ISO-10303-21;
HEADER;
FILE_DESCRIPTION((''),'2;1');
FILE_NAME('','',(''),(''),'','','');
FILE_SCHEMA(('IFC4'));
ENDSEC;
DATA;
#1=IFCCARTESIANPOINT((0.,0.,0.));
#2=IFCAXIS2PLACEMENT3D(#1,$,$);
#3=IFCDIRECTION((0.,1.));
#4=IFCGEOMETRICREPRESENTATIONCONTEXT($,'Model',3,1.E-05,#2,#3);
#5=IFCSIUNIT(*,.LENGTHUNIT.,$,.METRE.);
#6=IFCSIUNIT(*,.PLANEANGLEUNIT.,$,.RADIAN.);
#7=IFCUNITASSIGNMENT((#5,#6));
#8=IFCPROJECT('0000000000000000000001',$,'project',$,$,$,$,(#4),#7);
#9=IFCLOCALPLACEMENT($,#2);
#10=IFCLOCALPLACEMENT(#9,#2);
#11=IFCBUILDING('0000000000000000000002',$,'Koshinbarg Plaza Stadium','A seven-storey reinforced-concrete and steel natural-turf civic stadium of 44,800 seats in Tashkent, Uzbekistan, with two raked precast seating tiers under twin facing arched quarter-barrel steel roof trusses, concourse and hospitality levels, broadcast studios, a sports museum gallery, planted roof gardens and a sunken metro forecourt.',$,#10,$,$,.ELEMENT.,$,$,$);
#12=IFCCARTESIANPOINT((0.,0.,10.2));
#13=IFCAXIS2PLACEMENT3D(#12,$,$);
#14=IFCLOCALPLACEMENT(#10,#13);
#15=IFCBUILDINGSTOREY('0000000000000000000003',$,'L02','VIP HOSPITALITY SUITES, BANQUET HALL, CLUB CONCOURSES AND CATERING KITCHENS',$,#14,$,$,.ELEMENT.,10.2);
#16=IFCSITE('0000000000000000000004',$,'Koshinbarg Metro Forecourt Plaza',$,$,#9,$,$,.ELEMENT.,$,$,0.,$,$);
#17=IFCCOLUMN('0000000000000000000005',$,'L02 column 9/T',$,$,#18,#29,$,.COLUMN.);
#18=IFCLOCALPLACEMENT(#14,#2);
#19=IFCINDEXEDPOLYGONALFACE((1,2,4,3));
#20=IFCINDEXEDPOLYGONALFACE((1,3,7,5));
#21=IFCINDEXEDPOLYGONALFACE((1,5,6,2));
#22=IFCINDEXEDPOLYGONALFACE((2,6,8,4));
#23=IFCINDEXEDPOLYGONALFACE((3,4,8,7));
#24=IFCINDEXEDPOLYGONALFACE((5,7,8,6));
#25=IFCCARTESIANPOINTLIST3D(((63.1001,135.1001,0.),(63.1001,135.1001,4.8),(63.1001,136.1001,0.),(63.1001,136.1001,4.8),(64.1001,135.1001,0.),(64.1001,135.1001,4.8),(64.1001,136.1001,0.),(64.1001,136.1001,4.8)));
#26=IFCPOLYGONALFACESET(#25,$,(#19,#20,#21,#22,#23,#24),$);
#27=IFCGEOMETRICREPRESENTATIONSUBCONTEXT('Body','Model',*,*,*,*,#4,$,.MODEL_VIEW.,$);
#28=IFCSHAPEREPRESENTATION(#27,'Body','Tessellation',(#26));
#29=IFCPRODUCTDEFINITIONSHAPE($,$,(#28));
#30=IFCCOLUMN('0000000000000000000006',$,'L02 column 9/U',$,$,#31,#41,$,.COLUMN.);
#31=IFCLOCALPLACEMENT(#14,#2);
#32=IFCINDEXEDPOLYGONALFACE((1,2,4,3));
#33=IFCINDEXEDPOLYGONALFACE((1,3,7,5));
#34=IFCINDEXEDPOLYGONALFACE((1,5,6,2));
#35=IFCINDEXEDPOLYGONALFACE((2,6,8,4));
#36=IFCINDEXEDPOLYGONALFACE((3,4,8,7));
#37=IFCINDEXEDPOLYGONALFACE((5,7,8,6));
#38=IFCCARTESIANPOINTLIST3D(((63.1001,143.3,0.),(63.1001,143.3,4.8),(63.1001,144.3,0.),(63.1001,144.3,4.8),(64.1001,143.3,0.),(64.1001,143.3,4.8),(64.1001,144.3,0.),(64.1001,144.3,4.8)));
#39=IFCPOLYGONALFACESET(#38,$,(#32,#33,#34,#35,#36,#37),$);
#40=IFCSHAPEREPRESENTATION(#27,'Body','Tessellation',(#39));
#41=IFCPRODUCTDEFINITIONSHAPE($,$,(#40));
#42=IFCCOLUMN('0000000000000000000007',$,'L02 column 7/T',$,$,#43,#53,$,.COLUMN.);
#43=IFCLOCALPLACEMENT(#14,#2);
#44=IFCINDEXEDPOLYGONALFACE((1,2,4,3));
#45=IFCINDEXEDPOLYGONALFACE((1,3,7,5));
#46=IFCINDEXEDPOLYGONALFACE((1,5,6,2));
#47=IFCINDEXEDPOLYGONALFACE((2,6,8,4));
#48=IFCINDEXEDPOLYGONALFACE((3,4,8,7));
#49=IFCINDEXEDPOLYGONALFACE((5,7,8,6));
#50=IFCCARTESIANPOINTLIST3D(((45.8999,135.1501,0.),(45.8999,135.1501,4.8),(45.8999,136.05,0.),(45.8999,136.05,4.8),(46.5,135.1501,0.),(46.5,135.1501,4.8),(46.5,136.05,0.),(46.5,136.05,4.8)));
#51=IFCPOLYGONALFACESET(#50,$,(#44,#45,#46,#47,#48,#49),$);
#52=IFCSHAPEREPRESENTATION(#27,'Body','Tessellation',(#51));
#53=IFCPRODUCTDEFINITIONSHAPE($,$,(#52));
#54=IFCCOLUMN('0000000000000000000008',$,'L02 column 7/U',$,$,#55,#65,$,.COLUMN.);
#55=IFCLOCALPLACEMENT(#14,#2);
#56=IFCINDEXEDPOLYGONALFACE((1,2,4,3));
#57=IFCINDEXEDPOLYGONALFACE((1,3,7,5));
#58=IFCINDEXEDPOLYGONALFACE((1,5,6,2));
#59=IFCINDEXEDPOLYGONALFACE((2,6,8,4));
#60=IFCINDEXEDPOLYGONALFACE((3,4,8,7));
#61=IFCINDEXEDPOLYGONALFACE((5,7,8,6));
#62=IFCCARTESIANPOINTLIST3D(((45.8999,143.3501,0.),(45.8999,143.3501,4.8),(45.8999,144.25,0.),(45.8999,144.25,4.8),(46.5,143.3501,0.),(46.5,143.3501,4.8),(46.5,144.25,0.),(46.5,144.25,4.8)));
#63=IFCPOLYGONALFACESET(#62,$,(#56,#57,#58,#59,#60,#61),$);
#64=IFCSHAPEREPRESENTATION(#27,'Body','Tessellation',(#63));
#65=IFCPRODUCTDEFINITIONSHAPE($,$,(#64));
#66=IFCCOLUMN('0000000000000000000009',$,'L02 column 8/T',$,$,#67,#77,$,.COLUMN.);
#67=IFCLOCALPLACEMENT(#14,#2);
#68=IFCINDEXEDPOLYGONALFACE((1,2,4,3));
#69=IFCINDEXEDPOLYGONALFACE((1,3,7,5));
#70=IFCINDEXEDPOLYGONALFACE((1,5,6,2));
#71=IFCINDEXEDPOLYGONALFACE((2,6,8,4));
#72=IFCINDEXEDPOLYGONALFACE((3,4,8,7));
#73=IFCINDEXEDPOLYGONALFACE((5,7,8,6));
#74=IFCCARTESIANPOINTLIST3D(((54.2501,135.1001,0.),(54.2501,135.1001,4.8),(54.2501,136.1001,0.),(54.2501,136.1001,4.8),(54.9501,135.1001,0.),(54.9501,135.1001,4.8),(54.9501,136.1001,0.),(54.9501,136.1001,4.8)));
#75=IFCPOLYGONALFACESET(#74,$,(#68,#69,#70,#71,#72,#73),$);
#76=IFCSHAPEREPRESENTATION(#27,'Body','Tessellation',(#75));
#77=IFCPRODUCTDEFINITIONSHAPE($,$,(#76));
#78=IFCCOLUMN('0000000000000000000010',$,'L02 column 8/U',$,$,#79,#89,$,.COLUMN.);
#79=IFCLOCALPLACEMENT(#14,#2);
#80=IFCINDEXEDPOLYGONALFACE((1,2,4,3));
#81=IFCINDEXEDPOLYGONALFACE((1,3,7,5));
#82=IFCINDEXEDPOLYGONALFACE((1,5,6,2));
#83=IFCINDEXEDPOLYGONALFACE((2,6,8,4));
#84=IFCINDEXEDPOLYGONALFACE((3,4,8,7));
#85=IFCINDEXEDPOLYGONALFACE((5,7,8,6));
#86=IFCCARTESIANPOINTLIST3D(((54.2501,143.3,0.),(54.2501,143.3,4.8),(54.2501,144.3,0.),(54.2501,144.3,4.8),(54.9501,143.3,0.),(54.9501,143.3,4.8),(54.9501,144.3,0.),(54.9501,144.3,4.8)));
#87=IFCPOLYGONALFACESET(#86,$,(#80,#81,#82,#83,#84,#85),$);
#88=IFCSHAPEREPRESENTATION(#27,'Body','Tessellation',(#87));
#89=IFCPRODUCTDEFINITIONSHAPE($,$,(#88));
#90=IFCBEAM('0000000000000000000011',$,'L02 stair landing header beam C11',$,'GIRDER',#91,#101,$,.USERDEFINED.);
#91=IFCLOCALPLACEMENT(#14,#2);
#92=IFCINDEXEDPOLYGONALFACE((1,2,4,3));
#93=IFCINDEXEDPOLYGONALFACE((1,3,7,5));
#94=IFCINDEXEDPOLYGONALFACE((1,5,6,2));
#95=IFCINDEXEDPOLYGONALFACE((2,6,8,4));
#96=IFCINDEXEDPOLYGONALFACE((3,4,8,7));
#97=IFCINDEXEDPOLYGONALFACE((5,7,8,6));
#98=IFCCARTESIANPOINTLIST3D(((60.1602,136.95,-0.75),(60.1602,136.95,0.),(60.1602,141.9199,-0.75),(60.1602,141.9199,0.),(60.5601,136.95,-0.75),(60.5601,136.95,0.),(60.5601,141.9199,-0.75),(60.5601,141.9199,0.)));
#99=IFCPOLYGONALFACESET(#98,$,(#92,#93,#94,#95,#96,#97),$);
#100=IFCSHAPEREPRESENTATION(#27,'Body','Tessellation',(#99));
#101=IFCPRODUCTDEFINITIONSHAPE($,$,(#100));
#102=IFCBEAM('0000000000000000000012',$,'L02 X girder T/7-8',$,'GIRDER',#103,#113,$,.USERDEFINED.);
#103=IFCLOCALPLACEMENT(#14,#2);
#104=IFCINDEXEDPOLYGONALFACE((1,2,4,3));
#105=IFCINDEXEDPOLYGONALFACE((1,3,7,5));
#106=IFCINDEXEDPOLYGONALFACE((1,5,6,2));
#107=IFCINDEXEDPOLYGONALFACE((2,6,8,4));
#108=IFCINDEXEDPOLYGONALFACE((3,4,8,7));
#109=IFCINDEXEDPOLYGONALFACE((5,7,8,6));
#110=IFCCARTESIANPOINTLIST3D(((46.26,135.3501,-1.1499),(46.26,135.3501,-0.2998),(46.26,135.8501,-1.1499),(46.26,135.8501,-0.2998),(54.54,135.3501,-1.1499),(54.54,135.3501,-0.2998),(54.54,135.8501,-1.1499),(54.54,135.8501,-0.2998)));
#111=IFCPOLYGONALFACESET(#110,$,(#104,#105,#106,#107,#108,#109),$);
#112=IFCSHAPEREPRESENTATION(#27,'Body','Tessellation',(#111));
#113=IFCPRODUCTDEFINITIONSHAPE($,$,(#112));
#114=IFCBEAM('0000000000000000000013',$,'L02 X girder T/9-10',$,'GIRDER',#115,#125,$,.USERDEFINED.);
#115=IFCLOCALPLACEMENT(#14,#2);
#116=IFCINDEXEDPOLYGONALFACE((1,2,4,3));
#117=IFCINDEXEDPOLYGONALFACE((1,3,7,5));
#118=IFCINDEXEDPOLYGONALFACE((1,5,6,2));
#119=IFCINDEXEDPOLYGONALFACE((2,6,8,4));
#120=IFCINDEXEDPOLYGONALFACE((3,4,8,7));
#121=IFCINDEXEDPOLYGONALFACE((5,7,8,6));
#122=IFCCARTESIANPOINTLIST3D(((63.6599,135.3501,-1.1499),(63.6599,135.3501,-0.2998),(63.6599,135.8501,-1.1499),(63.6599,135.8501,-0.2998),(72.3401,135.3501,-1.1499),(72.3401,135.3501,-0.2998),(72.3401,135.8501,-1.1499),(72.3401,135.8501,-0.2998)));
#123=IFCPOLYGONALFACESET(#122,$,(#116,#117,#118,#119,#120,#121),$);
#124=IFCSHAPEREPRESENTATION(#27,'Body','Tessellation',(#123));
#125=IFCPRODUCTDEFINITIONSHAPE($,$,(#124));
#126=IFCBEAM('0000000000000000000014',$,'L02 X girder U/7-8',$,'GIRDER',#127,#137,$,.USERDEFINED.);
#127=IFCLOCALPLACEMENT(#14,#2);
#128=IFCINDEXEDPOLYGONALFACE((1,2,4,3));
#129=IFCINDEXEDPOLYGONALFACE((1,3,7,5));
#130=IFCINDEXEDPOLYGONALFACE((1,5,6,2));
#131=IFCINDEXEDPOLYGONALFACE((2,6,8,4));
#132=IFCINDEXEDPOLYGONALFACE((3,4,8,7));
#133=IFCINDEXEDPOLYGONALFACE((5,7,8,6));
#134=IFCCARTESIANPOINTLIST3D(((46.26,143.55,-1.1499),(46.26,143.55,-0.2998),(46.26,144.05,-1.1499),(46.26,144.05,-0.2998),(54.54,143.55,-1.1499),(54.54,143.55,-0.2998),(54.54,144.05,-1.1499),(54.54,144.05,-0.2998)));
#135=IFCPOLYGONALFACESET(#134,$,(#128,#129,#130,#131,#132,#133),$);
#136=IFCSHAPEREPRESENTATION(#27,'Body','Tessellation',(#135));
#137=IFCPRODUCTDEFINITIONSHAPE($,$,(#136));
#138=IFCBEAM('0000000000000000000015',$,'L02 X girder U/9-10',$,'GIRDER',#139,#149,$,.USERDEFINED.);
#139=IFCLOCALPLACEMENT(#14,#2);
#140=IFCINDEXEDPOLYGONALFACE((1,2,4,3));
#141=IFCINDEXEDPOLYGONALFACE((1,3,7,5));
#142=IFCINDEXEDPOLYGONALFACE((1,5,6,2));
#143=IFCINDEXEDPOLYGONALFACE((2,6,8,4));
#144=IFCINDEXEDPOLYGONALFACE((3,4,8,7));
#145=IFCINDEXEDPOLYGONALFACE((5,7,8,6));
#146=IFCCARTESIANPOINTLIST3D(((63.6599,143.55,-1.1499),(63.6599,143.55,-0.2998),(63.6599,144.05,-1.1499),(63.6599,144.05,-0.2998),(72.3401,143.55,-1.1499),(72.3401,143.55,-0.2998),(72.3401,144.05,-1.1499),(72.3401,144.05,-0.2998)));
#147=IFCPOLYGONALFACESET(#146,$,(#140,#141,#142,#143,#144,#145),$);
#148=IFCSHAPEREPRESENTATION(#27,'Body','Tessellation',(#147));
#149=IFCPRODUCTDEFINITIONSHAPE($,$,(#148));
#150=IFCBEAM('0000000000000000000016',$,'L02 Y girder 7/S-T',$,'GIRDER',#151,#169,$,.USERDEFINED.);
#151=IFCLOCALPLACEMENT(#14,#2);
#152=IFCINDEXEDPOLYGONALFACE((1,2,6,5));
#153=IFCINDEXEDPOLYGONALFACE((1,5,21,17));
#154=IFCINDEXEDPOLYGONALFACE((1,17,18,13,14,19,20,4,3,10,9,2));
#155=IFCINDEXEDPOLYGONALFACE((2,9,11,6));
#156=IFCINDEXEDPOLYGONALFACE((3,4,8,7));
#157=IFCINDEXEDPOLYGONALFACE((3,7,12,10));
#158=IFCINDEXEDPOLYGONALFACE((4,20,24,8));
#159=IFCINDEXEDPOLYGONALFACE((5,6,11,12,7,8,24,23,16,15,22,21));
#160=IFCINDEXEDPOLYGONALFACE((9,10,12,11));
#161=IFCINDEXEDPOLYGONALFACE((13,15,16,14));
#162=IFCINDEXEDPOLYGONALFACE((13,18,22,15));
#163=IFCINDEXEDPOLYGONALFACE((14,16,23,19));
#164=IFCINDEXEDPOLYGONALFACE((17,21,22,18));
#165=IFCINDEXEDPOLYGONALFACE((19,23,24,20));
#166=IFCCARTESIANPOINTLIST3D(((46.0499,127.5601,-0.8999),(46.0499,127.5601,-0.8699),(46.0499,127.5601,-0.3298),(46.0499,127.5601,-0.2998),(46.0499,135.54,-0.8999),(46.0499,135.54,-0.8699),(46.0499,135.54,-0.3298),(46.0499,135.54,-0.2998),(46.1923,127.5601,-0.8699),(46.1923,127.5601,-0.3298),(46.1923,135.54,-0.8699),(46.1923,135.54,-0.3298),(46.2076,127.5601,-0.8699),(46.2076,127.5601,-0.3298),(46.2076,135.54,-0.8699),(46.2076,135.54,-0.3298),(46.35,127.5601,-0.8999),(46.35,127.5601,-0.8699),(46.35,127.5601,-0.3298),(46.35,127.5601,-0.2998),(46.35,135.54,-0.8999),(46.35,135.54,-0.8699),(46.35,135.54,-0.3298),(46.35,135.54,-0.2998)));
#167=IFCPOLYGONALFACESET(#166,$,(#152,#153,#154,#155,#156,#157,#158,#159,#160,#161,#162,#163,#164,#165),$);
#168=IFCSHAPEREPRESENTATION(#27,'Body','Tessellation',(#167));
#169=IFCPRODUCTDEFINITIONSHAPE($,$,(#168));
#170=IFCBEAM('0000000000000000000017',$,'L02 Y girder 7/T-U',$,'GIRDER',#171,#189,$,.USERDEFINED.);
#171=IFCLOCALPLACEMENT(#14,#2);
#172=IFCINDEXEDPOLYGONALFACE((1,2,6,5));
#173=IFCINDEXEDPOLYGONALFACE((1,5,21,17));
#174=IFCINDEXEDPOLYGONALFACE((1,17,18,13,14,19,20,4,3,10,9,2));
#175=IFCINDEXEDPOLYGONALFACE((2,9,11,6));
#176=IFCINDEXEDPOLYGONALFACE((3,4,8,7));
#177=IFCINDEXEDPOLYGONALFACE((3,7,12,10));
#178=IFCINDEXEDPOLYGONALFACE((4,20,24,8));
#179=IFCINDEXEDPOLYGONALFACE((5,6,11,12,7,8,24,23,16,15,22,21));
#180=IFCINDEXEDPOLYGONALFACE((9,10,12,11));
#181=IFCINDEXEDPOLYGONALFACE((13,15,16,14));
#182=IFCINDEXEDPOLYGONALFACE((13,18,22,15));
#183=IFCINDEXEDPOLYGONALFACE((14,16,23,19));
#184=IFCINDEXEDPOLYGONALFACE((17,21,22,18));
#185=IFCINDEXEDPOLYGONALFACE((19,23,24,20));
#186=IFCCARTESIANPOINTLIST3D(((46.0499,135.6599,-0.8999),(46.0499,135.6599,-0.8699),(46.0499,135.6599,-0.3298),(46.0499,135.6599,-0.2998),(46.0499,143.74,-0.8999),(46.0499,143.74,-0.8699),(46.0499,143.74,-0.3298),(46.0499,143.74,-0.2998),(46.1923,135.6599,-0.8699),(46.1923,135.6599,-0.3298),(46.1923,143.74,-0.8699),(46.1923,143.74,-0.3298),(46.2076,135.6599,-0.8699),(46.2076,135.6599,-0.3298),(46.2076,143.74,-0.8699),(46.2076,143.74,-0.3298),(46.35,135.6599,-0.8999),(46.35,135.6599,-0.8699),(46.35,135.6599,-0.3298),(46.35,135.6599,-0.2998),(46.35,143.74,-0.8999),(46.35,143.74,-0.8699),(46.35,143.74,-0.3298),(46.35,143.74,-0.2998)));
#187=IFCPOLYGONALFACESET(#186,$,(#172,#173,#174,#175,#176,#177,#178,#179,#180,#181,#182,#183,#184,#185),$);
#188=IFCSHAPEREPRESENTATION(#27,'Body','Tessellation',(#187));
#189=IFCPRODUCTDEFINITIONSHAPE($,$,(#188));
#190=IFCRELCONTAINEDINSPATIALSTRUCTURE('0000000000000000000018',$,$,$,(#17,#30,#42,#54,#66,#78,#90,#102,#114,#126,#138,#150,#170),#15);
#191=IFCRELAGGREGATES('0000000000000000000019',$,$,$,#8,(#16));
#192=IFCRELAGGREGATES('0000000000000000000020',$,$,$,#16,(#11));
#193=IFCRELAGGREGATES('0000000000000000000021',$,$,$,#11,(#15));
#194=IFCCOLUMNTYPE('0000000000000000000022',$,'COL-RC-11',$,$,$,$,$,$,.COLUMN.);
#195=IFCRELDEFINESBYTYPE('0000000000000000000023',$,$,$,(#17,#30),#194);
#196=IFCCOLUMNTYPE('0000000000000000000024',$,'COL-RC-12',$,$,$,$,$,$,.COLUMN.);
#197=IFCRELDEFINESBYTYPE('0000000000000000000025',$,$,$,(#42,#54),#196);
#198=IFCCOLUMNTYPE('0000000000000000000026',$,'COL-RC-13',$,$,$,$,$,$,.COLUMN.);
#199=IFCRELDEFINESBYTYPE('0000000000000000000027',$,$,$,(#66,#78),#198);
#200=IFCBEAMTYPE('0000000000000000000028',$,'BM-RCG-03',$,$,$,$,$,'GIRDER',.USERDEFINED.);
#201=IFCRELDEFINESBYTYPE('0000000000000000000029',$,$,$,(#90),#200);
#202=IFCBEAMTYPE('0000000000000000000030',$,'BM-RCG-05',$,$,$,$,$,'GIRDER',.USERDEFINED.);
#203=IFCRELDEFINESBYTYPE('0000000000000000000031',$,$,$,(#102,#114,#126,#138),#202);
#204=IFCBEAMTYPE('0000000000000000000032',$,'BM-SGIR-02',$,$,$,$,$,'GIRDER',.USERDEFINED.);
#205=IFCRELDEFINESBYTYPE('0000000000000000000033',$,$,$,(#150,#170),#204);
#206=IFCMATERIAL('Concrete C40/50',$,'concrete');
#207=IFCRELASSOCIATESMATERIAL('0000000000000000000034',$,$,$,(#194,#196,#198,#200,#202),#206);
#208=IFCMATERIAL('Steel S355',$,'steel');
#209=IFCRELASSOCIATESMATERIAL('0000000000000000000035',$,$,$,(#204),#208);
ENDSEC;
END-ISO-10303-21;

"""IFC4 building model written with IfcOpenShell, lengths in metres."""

from ifc_helpers import new_model, si_unit, direction, frame, origin, origin_2d, place, context, subcontext, project, spatial, rectangle, i_section, extrude, material, material_profile, profile_set, type_object, element, save


model = new_model("IFC4")

# Units and contexts
model_context = context("Model", 3, precision=1e-05, world=origin(), true_north=direction((0.0, 1.0)))
body_context = subcontext(model_context, "Body", "Model", "MODEL_VIEW")
ifc_project = project(units=[si_unit("LENGTHUNIT", "METRE"), si_unit("PLANEANGLEUNIT", "RADIAN")], contexts=[model_context])

# Site, building, storey
site_placement = place(None, origin())
site = spatial("IfcSite", under=ifc_project, at=site_placement, Name="Koshinbarg Metro Forecourt Plaza", CompositionType="ELEMENT", RefElevation=0.0)
building_placement = place(site_placement, origin())
building = spatial("IfcBuilding", under=site, at=building_placement, Name="Koshinbarg Plaza Stadium", Description="A seven-storey reinforced-concrete and steel natural-turf civic stadium of 44,800 seats in Tashkent, Uzbekistan, with two raked precast seating tiers under twin facing arched quarter-barrel steel roof trusses, concourse and hospitality levels, broadcast studios, a sports museum gallery, planted roof gardens and a sunken metro forecourt.", CompositionType="ELEMENT")
storey_placement = place(building_placement, frame((0.0, 0.0, 10.2)))
storey = spatial("IfcBuildingStorey", under=building, at=storey_placement, Name="L02", Description="VIP HOSPITALITY SUITES, BANQUET HALL, CLUB CONCOURSES AND CATERING KITCHENS", CompositionType="ELEMENT", Elevation=10.2)

# Columns
ifc_material_1 = material(Name="Concrete C40/50", Category="concrete")
ifc_material_profile_1 = material_profile(ifc_material_1, rectangle(XDim=1.0, YDim=1.0, at=origin_2d()), Name="RC 1000x1000")
ifc_profile_set_1 = profile_set([ifc_material_profile_1], Name="Concrete C40/50")
column_type_1 = type_object("IfcColumnType", Name="COL-RC-11", PredefinedType="COLUMN", material=ifc_profile_set_1)
for number, where, z_axis, x_axis, name in (
    (1, (63.6001, 135.6001, 0.0), (0.0, 0.0, 1.0), (1.0, 0.0, 0.0), "L02 column 9/T"),
    (2, (63.6001, 143.8, 0.0), (0.0, 0.0, 1.0), (1.0, 0.0, 0.0), "L02 column 9/U"),
):
    element("IfcColumn", number, at=place(storey_placement, frame(where, z_axis=z_axis, x_axis=x_axis)), inside=storey, type_object=column_type_1, Name=name, PredefinedType="COLUMN", context=body_context, shape_type="SweptSolid", body=[
        extrude(rectangle(XDim=1.0, YDim=1.0, at=origin_2d()), origin(), (0.0, 0.0, 1.0), 4.8),
    ])
ifc_material_profile_2 = material_profile(ifc_material_1, rectangle(XDim=0.6001, YDim=0.8999, at=origin_2d()), Name="RC 600x900")
ifc_profile_set_2 = profile_set([ifc_material_profile_2], Name="Concrete C40/50")
column_type_2 = type_object("IfcColumnType", Name="COL-RC-12", PredefinedType="COLUMN", material=ifc_profile_set_2)
for number, where, z_axis, x_axis, name in (
    (3, (46.2, 135.6001, 0.0), (0.0, 0.0, 1.0), (1.0, 0.0, 0.0), "L02 column 7/T"),
    (4, (46.2, 143.8, 0.0), (0.0, 0.0, 1.0), (1.0, 0.0, 0.0), "L02 column 7/U"),
):
    element("IfcColumn", number, at=place(storey_placement, frame(where, z_axis=z_axis, x_axis=x_axis)), inside=storey, type_object=column_type_2, Name=name, PredefinedType="COLUMN", context=body_context, shape_type="SweptSolid", body=[
        extrude(rectangle(XDim=0.6001, YDim=0.8999, at=origin_2d()), origin(), (0.0, 0.0, 1.0), 4.8),
    ])
ifc_material_profile_3 = material_profile(ifc_material_1, rectangle(XDim=0.7, YDim=1.0, at=origin_2d()), Name="RC 700x1000")
ifc_profile_set_3 = profile_set([ifc_material_profile_3], Name="Concrete C40/50")
column_type_3 = type_object("IfcColumnType", Name="COL-RC-13", PredefinedType="COLUMN", material=ifc_profile_set_3)
for number, where, z_axis, x_axis, name in (
    (5, (54.6001, 135.6001, 0.0), (0.0, 0.0, 1.0), (1.0, 0.0, 0.0), "L02 column 8/T"),
    (6, (54.6001, 143.8, 0.0), (0.0, 0.0, 1.0), (1.0, 0.0, 0.0), "L02 column 8/U"),
):
    element("IfcColumn", number, at=place(storey_placement, frame(where, z_axis=z_axis, x_axis=x_axis)), inside=storey, type_object=column_type_3, Name=name, PredefinedType="COLUMN", context=body_context, shape_type="SweptSolid", body=[
        extrude(rectangle(XDim=0.7, YDim=1.0, at=origin_2d()), origin(), (0.0, 0.0, 1.0), 4.8),
    ])

# Beams
ifc_material_profile_4 = material_profile(ifc_material_1, rectangle(XDim=0.3999, YDim=0.75, at=origin_2d()), Name="RC 400x750")
ifc_profile_set_4 = profile_set([ifc_material_profile_4], Name="Concrete C40/50")
beam_type_1 = type_object("IfcBeamType", Name="BM-RCG-03", ElementType="GIRDER", PredefinedType="USERDEFINED", material=ifc_profile_set_4)
beam_1_placement = place(storey_placement, frame((60.3601, 136.95, -0.375), z_axis=(0.0, 1.0, 0.0), x_axis=(-1.0, 0.0, 0.0)))
element("IfcBeam", 7, at=beam_1_placement, inside=storey, type_object=beam_type_1, Name="L02 stair landing header beam C11", ObjectType="GIRDER", PredefinedType="USERDEFINED", context=body_context, shape_type="SweptSolid", body=[
    extrude(rectangle(XDim=0.3999, YDim=0.75, at=origin_2d()), origin(), (0.0, 0.0, 1.0), 4.97),
])
ifc_material_profile_5 = material_profile(ifc_material_1, rectangle(XDim=0.5, YDim=0.8501, at=origin_2d()), Name="RC 500x850")
ifc_profile_set_5 = profile_set([ifc_material_profile_5], Name="Concrete C40/50")
beam_type_2 = type_object("IfcBeamType", Name="BM-RCG-05", ElementType="GIRDER", PredefinedType="USERDEFINED", material=ifc_profile_set_5)
beam_2_placement = place(storey_placement, frame((46.26, 135.6001, -0.7249), z_axis=(1.0, 0.0, 0.0), x_axis=(0.0, 1.0, 0.0)))
element("IfcBeam", 8, at=beam_2_placement, inside=storey, type_object=beam_type_2, Name="L02 X girder T/7-8", ObjectType="GIRDER", PredefinedType="USERDEFINED", context=body_context, shape_type="SweptSolid", body=[
    extrude(rectangle(XDim=0.5, YDim=0.8501, at=origin_2d()), origin(), (0.0, 0.0, 1.0), 8.28),
])
beam_3_placement = place(storey_placement, frame((63.6599, 135.6001, -0.7249), z_axis=(1.0, 0.0, 0.0), x_axis=(0.0, 1.0, 0.0)))
element("IfcBeam", 9, at=beam_3_placement, inside=storey, type_object=beam_type_2, Name="L02 X girder T/9-10", ObjectType="GIRDER", PredefinedType="USERDEFINED", context=body_context, shape_type="SweptSolid", body=[
    extrude(rectangle(XDim=0.5, YDim=0.8501, at=origin_2d()), origin(), (0.0, 0.0, 1.0), 8.6802),
])
beam_4_placement = place(storey_placement, frame((46.26, 143.8, -0.7249), z_axis=(1.0, 0.0, 0.0), x_axis=(0.0, 1.0, 0.0)))
element("IfcBeam", 10, at=beam_4_placement, inside=storey, type_object=beam_type_2, Name="L02 X girder U/7-8", ObjectType="GIRDER", PredefinedType="USERDEFINED", context=body_context, shape_type="SweptSolid", body=[
    extrude(rectangle(XDim=0.5, YDim=0.8501, at=origin_2d()), origin(), (0.0, 0.0, 1.0), 8.28),
])
beam_5_placement = place(storey_placement, frame((63.6599, 143.8, -0.7249), z_axis=(1.0, 0.0, 0.0), x_axis=(0.0, 1.0, 0.0)))
element("IfcBeam", 11, at=beam_5_placement, inside=storey, type_object=beam_type_2, Name="L02 X girder U/9-10", ObjectType="GIRDER", PredefinedType="USERDEFINED", context=body_context, shape_type="SweptSolid", body=[
    extrude(rectangle(XDim=0.5, YDim=0.8501, at=origin_2d()), origin(), (0.0, 0.0, 1.0), 8.6802),
])
ifc_material_2 = material(Name="Steel S355", Category="steel")
ifc_material_profile_6 = material_profile(ifc_material_2, i_section(OverallWidth=0.3, OverallDepth=0.6001, WebThickness=0.0154, FlangeThickness=0.03, at=origin_2d()), Name="HEB 600")
ifc_profile_set_6 = profile_set([ifc_material_profile_6], Name="Steel S355")
beam_type_3 = type_object("IfcBeamType", Name="BM-SGIR-02", ElementType="GIRDER", PredefinedType="USERDEFINED", material=ifc_profile_set_6)
beam_6_placement = place(storey_placement, frame((46.2, 127.5601, -0.5999), z_axis=(0.0, 1.0, 0.0), x_axis=(-1.0, 0.0, 0.0)))
element("IfcBeam", 12, at=beam_6_placement, inside=storey, type_object=beam_type_3, Name="L02 Y girder 7/S-T", ObjectType="GIRDER", PredefinedType="USERDEFINED", context=body_context, shape_type="SweptSolid", body=[
    extrude(i_section(OverallWidth=0.3, OverallDepth=0.6001, WebThickness=0.0154, FlangeThickness=0.03, at=origin_2d()), origin(), (0.0, 0.0, 1.0), 7.98),
])
beam_7_placement = place(storey_placement, frame((46.2, 135.6599, -0.5999), z_axis=(0.0, 1.0, 0.0), x_axis=(-1.0, 0.0, 0.0)))
element("IfcBeam", 13, at=beam_7_placement, inside=storey, type_object=beam_type_3, Name="L02 Y girder 7/T-U", ObjectType="GIRDER", PredefinedType="USERDEFINED", context=body_context, shape_type="SweptSolid", body=[
    extrude(i_section(OverallWidth=0.3, OverallDepth=0.6001, WebThickness=0.0154, FlangeThickness=0.03, at=origin_2d()), origin(), (0.0, 0.0, 1.0), 8.0801),
])

save(model, "model.ifc")
